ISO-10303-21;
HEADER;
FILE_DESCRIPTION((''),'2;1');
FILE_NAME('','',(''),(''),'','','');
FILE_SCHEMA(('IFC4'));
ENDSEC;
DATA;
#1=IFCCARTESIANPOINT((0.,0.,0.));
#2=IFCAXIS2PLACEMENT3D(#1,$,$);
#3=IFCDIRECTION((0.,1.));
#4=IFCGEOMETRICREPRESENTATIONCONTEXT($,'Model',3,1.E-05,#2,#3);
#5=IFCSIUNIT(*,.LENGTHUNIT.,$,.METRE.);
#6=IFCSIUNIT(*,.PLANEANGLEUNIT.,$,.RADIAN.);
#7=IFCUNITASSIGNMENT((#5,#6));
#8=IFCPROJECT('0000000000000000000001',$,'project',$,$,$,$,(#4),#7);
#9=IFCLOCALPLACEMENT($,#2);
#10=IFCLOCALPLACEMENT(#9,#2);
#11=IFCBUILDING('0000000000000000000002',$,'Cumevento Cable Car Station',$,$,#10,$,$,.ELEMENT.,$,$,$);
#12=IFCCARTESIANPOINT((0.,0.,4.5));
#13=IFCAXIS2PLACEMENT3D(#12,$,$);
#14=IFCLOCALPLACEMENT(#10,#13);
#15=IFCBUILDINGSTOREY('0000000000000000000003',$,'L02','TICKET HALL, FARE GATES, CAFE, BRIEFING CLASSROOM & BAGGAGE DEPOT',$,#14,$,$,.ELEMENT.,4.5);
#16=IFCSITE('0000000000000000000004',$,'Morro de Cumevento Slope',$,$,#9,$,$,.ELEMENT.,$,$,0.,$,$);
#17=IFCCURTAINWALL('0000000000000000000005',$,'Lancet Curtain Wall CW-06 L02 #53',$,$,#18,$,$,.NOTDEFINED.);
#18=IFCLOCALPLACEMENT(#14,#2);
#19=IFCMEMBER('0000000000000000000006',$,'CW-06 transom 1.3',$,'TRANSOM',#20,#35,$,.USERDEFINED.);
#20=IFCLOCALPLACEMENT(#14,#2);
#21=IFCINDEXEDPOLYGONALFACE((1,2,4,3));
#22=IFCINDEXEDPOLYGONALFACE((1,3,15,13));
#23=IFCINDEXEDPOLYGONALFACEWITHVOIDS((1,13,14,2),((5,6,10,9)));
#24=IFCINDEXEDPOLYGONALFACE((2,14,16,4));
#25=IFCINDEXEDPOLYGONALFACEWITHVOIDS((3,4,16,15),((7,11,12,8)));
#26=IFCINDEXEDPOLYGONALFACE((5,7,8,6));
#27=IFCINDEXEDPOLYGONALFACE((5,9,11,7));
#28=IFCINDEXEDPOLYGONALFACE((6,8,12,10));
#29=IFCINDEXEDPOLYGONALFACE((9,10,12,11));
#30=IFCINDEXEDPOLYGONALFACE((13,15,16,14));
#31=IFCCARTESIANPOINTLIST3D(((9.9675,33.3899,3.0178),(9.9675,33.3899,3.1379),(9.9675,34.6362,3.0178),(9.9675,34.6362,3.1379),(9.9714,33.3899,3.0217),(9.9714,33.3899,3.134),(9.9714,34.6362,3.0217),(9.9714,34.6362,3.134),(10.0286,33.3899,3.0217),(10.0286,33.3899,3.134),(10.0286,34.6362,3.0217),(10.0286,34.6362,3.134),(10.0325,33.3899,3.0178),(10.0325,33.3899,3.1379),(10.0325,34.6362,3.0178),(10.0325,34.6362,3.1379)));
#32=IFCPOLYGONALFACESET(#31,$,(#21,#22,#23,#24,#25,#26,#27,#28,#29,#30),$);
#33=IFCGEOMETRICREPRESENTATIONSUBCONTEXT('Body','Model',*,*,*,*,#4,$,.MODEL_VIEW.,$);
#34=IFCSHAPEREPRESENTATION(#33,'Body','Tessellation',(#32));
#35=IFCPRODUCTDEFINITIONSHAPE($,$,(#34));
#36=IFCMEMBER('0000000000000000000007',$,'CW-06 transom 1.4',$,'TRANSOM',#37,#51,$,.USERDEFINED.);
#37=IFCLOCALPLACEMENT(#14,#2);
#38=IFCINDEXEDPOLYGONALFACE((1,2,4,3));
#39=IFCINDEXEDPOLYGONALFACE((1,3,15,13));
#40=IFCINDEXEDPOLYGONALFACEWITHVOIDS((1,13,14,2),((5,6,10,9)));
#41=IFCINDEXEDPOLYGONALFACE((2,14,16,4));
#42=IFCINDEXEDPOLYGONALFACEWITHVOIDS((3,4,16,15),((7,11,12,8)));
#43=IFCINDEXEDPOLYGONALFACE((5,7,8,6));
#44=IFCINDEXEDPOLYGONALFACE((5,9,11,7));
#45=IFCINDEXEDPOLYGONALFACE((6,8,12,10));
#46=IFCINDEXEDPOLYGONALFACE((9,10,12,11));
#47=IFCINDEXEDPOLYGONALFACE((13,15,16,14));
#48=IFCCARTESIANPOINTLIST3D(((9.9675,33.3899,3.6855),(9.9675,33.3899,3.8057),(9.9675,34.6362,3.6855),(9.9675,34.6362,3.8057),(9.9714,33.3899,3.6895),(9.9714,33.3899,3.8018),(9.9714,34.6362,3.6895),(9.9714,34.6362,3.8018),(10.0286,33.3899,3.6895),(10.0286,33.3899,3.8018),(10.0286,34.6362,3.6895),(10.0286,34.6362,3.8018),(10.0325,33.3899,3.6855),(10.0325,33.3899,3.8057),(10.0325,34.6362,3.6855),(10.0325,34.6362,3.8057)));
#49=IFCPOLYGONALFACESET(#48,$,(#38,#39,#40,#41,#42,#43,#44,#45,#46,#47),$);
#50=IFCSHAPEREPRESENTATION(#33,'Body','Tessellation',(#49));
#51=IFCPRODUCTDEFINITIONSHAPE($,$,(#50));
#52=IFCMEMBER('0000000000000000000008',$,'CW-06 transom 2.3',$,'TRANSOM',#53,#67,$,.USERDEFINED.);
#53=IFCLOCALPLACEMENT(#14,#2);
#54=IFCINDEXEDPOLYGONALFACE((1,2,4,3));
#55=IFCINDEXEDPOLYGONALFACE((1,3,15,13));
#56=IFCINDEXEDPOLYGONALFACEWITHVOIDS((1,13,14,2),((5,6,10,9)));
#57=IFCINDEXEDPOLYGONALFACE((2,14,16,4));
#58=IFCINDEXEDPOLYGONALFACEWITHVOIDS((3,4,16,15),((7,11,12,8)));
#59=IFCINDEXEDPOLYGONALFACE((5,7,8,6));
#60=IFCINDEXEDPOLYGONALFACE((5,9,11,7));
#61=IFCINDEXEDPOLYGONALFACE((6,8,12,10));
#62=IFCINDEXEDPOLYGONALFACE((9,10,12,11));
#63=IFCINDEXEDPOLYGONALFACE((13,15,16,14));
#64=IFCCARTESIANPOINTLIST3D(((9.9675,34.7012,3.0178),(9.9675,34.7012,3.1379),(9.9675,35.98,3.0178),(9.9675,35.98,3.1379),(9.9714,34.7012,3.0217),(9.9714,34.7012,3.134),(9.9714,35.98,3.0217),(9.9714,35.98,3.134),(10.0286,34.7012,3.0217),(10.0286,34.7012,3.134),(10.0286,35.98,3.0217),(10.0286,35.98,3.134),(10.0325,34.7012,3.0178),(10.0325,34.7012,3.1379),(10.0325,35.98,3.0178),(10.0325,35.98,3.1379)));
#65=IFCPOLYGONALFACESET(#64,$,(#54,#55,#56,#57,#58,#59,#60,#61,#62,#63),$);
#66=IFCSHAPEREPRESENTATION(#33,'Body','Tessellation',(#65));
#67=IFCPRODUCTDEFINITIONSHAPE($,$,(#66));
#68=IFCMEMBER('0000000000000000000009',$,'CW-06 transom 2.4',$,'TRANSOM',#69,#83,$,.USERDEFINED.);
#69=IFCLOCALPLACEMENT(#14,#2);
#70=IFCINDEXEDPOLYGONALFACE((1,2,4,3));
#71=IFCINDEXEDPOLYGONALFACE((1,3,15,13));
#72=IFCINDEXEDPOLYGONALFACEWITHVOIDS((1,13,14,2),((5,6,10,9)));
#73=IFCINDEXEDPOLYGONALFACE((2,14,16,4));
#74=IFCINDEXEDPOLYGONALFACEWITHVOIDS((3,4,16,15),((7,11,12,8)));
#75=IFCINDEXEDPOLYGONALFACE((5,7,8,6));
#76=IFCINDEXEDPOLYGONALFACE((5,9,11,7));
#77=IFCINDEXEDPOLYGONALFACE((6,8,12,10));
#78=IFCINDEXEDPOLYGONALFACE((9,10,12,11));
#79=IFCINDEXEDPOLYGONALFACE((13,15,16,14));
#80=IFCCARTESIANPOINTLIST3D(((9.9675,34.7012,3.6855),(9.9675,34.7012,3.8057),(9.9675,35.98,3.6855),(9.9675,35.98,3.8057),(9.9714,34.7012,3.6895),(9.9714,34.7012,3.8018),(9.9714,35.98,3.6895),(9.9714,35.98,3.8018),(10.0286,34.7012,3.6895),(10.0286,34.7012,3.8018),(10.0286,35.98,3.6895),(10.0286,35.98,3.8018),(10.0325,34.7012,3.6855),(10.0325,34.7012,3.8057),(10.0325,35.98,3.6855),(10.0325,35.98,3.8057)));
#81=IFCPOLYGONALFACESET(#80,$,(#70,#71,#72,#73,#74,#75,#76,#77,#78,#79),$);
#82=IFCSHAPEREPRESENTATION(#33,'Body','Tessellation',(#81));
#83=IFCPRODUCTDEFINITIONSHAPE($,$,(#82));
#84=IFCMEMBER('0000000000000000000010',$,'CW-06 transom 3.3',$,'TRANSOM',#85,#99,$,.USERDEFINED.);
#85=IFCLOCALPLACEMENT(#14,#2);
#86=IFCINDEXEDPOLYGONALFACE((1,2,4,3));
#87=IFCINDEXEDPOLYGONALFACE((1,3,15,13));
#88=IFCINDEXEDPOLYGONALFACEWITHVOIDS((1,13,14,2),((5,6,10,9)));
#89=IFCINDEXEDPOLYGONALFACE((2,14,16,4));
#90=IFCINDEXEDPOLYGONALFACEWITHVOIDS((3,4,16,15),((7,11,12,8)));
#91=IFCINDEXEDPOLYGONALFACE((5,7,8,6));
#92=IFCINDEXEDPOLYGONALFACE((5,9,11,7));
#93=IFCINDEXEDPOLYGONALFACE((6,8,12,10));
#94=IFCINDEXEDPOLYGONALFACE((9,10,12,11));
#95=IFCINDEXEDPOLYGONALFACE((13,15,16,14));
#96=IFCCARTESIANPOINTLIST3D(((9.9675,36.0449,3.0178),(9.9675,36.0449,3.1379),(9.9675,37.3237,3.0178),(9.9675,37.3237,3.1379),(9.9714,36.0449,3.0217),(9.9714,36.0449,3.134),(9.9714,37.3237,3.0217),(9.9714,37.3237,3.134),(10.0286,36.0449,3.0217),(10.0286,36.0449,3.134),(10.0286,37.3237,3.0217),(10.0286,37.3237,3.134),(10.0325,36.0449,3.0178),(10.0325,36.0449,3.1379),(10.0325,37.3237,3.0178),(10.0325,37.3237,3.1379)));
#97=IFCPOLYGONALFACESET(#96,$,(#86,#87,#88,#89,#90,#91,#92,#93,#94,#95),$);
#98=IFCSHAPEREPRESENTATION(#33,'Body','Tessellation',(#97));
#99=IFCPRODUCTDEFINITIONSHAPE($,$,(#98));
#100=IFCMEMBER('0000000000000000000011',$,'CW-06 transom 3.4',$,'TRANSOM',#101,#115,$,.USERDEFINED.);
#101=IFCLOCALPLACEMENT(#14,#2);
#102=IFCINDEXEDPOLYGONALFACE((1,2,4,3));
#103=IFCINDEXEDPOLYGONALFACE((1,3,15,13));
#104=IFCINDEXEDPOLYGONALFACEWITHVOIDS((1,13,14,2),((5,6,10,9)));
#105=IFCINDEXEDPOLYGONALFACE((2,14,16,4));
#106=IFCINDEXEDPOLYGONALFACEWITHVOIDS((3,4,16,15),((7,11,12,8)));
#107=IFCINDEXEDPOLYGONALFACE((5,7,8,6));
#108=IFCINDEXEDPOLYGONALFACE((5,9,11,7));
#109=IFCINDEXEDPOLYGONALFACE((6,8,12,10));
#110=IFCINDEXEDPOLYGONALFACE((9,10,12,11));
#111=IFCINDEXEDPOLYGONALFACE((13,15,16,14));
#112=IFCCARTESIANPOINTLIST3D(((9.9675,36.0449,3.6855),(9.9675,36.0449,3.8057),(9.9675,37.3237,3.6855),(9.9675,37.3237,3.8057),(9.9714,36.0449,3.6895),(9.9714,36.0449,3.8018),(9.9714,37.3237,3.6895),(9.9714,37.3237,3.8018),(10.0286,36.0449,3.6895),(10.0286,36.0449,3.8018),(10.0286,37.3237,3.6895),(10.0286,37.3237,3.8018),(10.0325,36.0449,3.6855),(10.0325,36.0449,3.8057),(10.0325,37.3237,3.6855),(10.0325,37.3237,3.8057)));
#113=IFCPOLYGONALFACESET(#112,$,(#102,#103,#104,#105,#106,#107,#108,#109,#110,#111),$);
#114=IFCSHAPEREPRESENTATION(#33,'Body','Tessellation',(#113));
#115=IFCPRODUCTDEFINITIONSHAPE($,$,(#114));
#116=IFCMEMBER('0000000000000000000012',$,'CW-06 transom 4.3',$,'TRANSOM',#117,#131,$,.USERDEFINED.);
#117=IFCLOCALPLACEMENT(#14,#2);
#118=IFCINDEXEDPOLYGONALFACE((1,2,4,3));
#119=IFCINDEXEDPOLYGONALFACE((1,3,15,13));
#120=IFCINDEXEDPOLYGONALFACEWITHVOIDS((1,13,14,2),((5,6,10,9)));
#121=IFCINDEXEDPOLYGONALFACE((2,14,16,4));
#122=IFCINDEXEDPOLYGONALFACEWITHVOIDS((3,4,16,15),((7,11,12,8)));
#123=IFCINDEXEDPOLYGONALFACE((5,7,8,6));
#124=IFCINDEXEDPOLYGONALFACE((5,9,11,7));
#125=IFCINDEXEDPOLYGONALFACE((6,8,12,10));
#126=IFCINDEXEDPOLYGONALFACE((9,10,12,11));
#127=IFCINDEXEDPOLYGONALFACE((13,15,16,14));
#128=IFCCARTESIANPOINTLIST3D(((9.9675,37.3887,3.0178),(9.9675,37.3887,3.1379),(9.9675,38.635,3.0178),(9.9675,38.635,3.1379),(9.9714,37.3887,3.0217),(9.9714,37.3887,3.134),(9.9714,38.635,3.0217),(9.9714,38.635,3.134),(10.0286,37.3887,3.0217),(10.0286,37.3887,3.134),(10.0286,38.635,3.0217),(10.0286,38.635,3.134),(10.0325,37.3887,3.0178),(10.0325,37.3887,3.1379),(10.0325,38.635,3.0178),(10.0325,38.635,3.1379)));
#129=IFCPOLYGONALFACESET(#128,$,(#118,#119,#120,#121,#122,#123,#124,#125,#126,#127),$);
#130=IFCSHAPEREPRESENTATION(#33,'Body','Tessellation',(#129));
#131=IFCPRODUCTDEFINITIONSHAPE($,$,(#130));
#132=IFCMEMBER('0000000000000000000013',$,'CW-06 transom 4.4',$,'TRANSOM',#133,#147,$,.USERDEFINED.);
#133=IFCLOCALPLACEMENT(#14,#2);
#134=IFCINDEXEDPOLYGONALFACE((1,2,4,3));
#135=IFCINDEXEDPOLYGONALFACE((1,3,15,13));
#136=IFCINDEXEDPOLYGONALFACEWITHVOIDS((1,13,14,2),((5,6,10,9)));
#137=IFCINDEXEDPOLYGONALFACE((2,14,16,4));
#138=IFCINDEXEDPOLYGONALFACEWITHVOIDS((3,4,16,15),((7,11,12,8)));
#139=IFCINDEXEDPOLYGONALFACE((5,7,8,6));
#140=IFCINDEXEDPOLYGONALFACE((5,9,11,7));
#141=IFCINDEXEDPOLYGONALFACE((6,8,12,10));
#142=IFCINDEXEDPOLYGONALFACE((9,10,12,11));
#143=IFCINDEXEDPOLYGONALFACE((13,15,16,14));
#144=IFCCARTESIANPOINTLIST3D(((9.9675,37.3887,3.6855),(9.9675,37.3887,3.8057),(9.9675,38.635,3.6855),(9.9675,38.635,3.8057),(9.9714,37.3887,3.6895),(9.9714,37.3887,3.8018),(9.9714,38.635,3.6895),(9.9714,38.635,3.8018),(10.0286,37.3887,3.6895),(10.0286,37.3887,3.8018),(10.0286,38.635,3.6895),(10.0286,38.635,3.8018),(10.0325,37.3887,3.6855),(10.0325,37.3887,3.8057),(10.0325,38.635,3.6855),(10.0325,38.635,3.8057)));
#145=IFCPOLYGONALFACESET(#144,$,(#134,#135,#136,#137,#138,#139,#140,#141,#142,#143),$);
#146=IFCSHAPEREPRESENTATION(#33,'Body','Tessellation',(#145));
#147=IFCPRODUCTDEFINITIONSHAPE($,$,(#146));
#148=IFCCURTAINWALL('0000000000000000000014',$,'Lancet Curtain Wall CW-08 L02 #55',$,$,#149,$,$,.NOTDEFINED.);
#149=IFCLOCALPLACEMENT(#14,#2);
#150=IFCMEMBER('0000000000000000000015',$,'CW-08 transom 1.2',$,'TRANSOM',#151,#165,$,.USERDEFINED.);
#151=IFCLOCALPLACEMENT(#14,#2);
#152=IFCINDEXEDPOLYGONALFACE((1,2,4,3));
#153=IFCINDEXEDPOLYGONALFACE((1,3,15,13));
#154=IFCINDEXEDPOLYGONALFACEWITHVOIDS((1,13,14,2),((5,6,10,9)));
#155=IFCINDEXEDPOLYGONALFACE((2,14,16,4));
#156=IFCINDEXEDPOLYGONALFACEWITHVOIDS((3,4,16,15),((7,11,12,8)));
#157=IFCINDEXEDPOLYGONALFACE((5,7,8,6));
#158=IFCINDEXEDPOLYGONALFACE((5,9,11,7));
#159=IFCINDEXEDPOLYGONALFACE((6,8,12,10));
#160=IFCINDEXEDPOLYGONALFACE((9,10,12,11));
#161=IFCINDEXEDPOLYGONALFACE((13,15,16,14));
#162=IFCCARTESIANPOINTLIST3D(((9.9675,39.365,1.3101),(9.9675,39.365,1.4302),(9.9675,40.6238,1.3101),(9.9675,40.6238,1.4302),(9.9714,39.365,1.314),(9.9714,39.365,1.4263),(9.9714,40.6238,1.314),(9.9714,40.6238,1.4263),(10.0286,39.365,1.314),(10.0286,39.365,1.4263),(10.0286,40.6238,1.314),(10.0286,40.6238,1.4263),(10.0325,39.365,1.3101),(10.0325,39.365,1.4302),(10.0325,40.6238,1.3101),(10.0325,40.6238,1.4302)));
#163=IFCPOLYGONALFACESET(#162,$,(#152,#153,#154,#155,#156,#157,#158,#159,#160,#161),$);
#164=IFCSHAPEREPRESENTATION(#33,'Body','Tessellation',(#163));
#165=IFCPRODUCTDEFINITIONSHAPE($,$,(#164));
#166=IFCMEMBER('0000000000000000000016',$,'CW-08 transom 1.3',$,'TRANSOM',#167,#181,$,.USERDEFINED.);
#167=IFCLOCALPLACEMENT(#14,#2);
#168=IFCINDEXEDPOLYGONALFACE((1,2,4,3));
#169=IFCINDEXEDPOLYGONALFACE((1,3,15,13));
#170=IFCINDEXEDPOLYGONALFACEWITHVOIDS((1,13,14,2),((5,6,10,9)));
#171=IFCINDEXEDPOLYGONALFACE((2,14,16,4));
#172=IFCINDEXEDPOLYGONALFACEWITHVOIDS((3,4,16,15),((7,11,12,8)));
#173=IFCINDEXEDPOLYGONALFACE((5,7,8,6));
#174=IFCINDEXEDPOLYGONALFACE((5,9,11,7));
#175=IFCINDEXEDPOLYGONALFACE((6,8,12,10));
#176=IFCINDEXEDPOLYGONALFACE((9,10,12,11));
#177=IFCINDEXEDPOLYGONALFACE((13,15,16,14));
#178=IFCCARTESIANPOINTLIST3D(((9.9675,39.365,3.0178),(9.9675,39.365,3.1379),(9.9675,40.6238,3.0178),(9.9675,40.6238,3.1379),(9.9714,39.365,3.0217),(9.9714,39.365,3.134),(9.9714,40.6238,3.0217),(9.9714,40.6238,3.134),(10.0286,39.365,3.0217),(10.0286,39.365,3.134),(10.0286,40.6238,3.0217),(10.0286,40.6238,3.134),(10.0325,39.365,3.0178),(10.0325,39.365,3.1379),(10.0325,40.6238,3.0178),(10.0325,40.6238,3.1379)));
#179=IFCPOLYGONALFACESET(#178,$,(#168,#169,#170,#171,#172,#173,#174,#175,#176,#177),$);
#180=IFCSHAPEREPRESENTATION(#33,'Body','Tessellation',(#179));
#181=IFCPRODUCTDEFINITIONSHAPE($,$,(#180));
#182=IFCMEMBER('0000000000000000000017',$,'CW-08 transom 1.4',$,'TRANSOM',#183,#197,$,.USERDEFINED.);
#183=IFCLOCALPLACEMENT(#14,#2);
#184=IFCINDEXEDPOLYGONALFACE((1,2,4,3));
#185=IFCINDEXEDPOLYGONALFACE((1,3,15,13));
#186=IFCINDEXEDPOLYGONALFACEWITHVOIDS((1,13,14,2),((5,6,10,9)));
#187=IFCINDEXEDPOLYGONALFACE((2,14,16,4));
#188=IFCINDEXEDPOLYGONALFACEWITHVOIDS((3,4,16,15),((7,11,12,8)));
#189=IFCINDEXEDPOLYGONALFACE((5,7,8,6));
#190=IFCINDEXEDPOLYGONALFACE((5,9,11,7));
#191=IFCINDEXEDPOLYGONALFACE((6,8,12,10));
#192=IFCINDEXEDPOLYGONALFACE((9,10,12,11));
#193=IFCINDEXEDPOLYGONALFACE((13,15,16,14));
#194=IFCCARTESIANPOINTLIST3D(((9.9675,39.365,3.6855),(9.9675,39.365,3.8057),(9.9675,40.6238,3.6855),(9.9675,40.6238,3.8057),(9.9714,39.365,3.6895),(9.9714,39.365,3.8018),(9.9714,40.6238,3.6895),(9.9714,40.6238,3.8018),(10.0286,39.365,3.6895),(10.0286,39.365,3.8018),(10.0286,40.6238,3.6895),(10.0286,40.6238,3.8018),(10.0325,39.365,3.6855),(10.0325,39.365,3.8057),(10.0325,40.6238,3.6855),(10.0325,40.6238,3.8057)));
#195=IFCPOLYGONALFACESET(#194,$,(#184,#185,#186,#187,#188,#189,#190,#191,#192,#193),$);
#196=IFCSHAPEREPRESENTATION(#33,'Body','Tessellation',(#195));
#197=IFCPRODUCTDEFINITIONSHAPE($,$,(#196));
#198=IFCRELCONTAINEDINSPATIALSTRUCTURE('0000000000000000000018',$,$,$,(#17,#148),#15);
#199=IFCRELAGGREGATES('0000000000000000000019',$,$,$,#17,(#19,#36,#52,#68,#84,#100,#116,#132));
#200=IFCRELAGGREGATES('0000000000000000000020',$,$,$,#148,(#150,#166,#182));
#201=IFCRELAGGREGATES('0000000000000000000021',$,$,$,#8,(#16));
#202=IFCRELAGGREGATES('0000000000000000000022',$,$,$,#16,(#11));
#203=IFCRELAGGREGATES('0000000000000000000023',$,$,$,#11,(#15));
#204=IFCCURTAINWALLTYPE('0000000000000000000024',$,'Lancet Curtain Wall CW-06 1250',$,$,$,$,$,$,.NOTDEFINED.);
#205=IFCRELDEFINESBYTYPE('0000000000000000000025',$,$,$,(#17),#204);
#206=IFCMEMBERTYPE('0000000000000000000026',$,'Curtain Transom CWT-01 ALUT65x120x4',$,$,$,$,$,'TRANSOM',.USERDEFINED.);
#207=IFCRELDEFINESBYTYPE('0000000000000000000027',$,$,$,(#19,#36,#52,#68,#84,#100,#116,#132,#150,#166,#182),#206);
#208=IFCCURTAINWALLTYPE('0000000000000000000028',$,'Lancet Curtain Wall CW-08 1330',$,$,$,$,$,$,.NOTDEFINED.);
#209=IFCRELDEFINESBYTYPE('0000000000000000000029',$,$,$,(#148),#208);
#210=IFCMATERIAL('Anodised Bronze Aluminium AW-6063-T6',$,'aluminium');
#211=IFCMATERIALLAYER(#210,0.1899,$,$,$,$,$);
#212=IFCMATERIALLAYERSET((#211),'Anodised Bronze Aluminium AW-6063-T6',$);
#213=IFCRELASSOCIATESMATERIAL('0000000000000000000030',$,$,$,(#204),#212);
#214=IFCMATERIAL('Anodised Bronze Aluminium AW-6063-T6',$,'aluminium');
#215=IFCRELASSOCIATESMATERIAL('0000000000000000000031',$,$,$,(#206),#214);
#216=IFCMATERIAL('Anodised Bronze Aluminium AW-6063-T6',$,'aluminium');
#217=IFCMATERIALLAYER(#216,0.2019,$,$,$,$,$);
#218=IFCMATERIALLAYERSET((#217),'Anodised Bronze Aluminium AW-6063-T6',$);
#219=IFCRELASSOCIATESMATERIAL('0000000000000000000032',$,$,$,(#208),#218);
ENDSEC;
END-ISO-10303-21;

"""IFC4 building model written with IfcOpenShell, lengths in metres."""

from ifc_helpers import new_model, si_unit, direction, frame, origin, origin_2d, place, context, subcontext, project, spatial, hollow_rectangle, extrude, material, layer, layer_set, material_profile, profile_set, type_object, element, aggregate, save


model = new_model("IFC4")

# Units and contexts
model_context = context("Model", 3, precision=1e-05, world=origin(), true_north=direction((0.0, 1.0)))
body_context = subcontext(model_context, "Body", "Model", "MODEL_VIEW")
ifc_project = project(units=[si_unit("LENGTHUNIT", "METRE"), si_unit("PLANEANGLEUNIT", "RADIAN")], contexts=[model_context])

# Site, building, storey
site_placement = place(None, origin())
site = spatial("IfcSite", under=ifc_project, at=site_placement, Name="Morro de Cumevento Slope", CompositionType="ELEMENT", RefElevation=0.0)
building_placement = place(site_placement, origin())
building = spatial("IfcBuilding", under=site, at=building_placement, Name="Cumevento Cable Car Station", CompositionType="ELEMENT")
storey_placement = place(building_placement, frame((0.0, 0.0, 4.5)))
storey = spatial("IfcBuildingStorey", under=building, at=storey_placement, Name="L02", Description="TICKET HALL, FARE GATES, CAFE, BRIEFING CLASSROOM & BAGGAGE DEPOT", CompositionType="ELEMENT", Elevation=4.5)

# Curtain walls, members
ifc_material_1 = material(Name="Anodised Bronze Aluminium AW-6063-T6", Category="aluminium")
ifc_layer_1 = layer(ifc_material_1, 0.1899)
ifc_layer_set_1 = layer_set([ifc_layer_1], Name="Anodised Bronze Aluminium AW-6063-T6")
curtain_wall_type_1 = type_object("IfcCurtainWallType", Name="Lancet Curtain Wall CW-06 1250", PredefinedType="NOTDEFINED", material=ifc_layer_set_1)
curtain_wall_1_placement = place(storey_placement, origin())
curtain_wall_1 = element("IfcCurtainWall", 1, at=curtain_wall_1_placement, inside=storey, type_object=curtain_wall_type_1, Name="Lancet Curtain Wall CW-06 L02 #53", PredefinedType="NOTDEFINED")
ifc_material_2 = material(Name="Anodised Bronze Aluminium AW-6063-T6", Category="aluminium")
ifc_material_profile_1 = material_profile(ifc_material_2, hollow_rectangle(XDim=0.0649, YDim=0.1201, WallThickness=0.0039, at=origin_2d()), Name="ALUT65x120x4")
ifc_profile_set_1 = profile_set([ifc_material_profile_1], Name="Anodised Bronze Aluminium AW-6063-T6")
member_type = type_object("IfcMemberType", Name="Curtain Transom CWT-01 ALUT65x120x4", ElementType="TRANSOM", PredefinedType="USERDEFINED", material=ifc_profile_set_1)
member_1_placement = place(storey_placement, frame((10.0, 33.3899, 3.0779), z_axis=(0.0, 1.0, 0.0), x_axis=(-1.0, 0.0, 0.0)))
member_1 = element("IfcMember", 2, at=member_1_placement, type_object=member_type, Name="CW-06 transom 1.3", ObjectType="TRANSOM", PredefinedType="USERDEFINED", context=body_context, shape_type="SweptSolid", body=[
    extrude(hollow_rectangle(XDim=0.0649, YDim=0.1201, WallThickness=0.0039, at=origin_2d()), origin(), (0.0, 0.0, 1.0), 1.2463),
])
member_2_placement = place(storey_placement, frame((10.0, 33.3899, 3.7456), z_axis=(0.0, 1.0, 0.0), x_axis=(-1.0, 0.0, 0.0)))
member_2 = element("IfcMember", 3, at=member_2_placement, type_object=member_type, Name="CW-06 transom 1.4", ObjectType="TRANSOM", PredefinedType="USERDEFINED", context=body_context, shape_type="SweptSolid", body=[
    extrude(hollow_rectangle(XDim=0.0649, YDim=0.1201, WallThickness=0.0039, at=origin_2d()), origin(), (0.0, 0.0, 1.0), 1.2463),
])
member_3_placement = place(storey_placement, frame((10.0, 34.7012, 3.0779), z_axis=(0.0, 1.0, 0.0), x_axis=(-1.0, 0.0, 0.0)))
member_3 = element("IfcMember", 4, at=member_3_placement, type_object=member_type, Name="CW-06 transom 2.3", ObjectType="TRANSOM", PredefinedType="USERDEFINED", context=body_context, shape_type="SweptSolid", body=[
    extrude(hollow_rectangle(XDim=0.0649, YDim=0.1201, WallThickness=0.0039, at=origin_2d()), origin(), (0.0, 0.0, 1.0), 1.2788),
])
member_4_placement = place(storey_placement, frame((10.0, 34.7012, 3.7456), z_axis=(0.0, 1.0, 0.0), x_axis=(-1.0, 0.0, 0.0)))
member_4 = element("IfcMember", 5, at=member_4_placement, type_object=member_type, Name="CW-06 transom 2.4", ObjectType="TRANSOM", PredefinedType="USERDEFINED", context=body_context, shape_type="SweptSolid", body=[
    extrude(hollow_rectangle(XDim=0.0649, YDim=0.1201, WallThickness=0.0039, at=origin_2d()), origin(), (0.0, 0.0, 1.0), 1.2788),
])
member_5_placement = place(storey_placement, frame((10.0, 36.0449, 3.0779), z_axis=(0.0, 1.0, 0.0), x_axis=(-1.0, 0.0, 0.0)))
member_5 = element("IfcMember", 6, at=member_5_placement, type_object=member_type, Name="CW-06 transom 3.3", ObjectType="TRANSOM", PredefinedType="USERDEFINED", context=body_context, shape_type="SweptSolid", body=[
    extrude(hollow_rectangle(XDim=0.0649, YDim=0.1201, WallThickness=0.0039, at=origin_2d()), origin(), (0.0, 0.0, 1.0), 1.2788),
])
member_6_placement = place(storey_placement, frame((10.0, 36.0449, 3.7456), z_axis=(0.0, 1.0, 0.0), x_axis=(-1.0, 0.0, 0.0)))
member_6 = element("IfcMember", 7, at=member_6_placement, type_object=member_type, Name="CW-06 transom 3.4", ObjectType="TRANSOM", PredefinedType="USERDEFINED", context=body_context, shape_type="SweptSolid", body=[
    extrude(hollow_rectangle(XDim=0.0649, YDim=0.1201, WallThickness=0.0039, at=origin_2d()), origin(), (0.0, 0.0, 1.0), 1.2788),
])
member_7_placement = place(storey_placement, frame((10.0, 37.3887, 3.0779), z_axis=(0.0, 1.0, 0.0), x_axis=(-1.0, 0.0, 0.0)))
member_7 = element("IfcMember", 8, at=member_7_placement, type_object=member_type, Name="CW-06 transom 4.3", ObjectType="TRANSOM", PredefinedType="USERDEFINED", context=body_context, shape_type="SweptSolid", body=[
    extrude(hollow_rectangle(XDim=0.0649, YDim=0.1201, WallThickness=0.0039, at=origin_2d()), origin(), (0.0, 0.0, 1.0), 1.2463),
])
member_8_placement = place(storey_placement, frame((10.0, 37.3887, 3.7456), z_axis=(0.0, 1.0, 0.0), x_axis=(-1.0, 0.0, 0.0)))
member_8 = element("IfcMember", 9, at=member_8_placement, type_object=member_type, Name="CW-06 transom 4.4", ObjectType="TRANSOM", PredefinedType="USERDEFINED", context=body_context, shape_type="SweptSolid", body=[
    extrude(hollow_rectangle(XDim=0.0649, YDim=0.1201, WallThickness=0.0039, at=origin_2d()), origin(), (0.0, 0.0, 1.0), 1.2463),
])
ifc_material_3 = material(Name="Anodised Bronze Aluminium AW-6063-T6", Category="aluminium")
ifc_layer_2 = layer(ifc_material_3, 0.2019)
ifc_layer_set_2 = layer_set([ifc_layer_2], Name="Anodised Bronze Aluminium AW-6063-T6")
curtain_wall_type_2 = type_object("IfcCurtainWallType", Name="Lancet Curtain Wall CW-08 1330", PredefinedType="NOTDEFINED", material=ifc_layer_set_2)
curtain_wall_2_placement = place(storey_placement, origin())
curtain_wall_2 = element("IfcCurtainWall", 10, at=curtain_wall_2_placement, inside=storey, type_object=curtain_wall_type_2, Name="Lancet Curtain Wall CW-08 L02 #55", PredefinedType="NOTDEFINED")
member_9_placement = place(storey_placement, frame((10.0, 39.365, 1.3701), z_axis=(0.0, 1.0, 0.0), x_axis=(-1.0, 0.0, 0.0)))
member_9 = element("IfcMember", 11, at=member_9_placement, type_object=member_type, Name="CW-08 transom 1.2", ObjectType="TRANSOM", PredefinedType="USERDEFINED", context=body_context, shape_type="SweptSolid", body=[
    extrude(hollow_rectangle(XDim=0.0649, YDim=0.1201, WallThickness=0.0039, at=origin_2d()), origin(), (0.0, 0.0, 1.0), 1.2588),
])
member_10_placement = place(storey_placement, frame((10.0, 39.365, 3.0779), z_axis=(0.0, 1.0, 0.0), x_axis=(-1.0, 0.0, 0.0)))
member_10 = element("IfcMember", 12, at=member_10_placement, type_object=member_type, Name="CW-08 transom 1.3", ObjectType="TRANSOM", PredefinedType="USERDEFINED", context=body_context, shape_type="SweptSolid", body=[
    extrude(hollow_rectangle(XDim=0.0649, YDim=0.1201, WallThickness=0.0039, at=origin_2d()), origin(), (0.0, 0.0, 1.0), 1.2588),
])
member_11_placement = place(storey_placement, frame((10.0, 39.365, 3.7456), z_axis=(0.0, 1.0, 0.0), x_axis=(-1.0, 0.0, 0.0)))
member_11 = element("IfcMember", 13, at=member_11_placement, type_object=member_type, Name="CW-08 transom 1.4", ObjectType="TRANSOM", PredefinedType="USERDEFINED", context=body_context, shape_type="SweptSolid", body=[
    extrude(hollow_rectangle(XDim=0.0649, YDim=0.1201, WallThickness=0.0039, at=origin_2d()), origin(), (0.0, 0.0, 1.0), 1.2588),
])

aggregate(curtain_wall_1, [member_1, member_2, member_3, member_4, member_5, member_6, member_7, member_8])
aggregate(curtain_wall_2, [member_9, member_10, member_11])

save(model, "model.ifc")
